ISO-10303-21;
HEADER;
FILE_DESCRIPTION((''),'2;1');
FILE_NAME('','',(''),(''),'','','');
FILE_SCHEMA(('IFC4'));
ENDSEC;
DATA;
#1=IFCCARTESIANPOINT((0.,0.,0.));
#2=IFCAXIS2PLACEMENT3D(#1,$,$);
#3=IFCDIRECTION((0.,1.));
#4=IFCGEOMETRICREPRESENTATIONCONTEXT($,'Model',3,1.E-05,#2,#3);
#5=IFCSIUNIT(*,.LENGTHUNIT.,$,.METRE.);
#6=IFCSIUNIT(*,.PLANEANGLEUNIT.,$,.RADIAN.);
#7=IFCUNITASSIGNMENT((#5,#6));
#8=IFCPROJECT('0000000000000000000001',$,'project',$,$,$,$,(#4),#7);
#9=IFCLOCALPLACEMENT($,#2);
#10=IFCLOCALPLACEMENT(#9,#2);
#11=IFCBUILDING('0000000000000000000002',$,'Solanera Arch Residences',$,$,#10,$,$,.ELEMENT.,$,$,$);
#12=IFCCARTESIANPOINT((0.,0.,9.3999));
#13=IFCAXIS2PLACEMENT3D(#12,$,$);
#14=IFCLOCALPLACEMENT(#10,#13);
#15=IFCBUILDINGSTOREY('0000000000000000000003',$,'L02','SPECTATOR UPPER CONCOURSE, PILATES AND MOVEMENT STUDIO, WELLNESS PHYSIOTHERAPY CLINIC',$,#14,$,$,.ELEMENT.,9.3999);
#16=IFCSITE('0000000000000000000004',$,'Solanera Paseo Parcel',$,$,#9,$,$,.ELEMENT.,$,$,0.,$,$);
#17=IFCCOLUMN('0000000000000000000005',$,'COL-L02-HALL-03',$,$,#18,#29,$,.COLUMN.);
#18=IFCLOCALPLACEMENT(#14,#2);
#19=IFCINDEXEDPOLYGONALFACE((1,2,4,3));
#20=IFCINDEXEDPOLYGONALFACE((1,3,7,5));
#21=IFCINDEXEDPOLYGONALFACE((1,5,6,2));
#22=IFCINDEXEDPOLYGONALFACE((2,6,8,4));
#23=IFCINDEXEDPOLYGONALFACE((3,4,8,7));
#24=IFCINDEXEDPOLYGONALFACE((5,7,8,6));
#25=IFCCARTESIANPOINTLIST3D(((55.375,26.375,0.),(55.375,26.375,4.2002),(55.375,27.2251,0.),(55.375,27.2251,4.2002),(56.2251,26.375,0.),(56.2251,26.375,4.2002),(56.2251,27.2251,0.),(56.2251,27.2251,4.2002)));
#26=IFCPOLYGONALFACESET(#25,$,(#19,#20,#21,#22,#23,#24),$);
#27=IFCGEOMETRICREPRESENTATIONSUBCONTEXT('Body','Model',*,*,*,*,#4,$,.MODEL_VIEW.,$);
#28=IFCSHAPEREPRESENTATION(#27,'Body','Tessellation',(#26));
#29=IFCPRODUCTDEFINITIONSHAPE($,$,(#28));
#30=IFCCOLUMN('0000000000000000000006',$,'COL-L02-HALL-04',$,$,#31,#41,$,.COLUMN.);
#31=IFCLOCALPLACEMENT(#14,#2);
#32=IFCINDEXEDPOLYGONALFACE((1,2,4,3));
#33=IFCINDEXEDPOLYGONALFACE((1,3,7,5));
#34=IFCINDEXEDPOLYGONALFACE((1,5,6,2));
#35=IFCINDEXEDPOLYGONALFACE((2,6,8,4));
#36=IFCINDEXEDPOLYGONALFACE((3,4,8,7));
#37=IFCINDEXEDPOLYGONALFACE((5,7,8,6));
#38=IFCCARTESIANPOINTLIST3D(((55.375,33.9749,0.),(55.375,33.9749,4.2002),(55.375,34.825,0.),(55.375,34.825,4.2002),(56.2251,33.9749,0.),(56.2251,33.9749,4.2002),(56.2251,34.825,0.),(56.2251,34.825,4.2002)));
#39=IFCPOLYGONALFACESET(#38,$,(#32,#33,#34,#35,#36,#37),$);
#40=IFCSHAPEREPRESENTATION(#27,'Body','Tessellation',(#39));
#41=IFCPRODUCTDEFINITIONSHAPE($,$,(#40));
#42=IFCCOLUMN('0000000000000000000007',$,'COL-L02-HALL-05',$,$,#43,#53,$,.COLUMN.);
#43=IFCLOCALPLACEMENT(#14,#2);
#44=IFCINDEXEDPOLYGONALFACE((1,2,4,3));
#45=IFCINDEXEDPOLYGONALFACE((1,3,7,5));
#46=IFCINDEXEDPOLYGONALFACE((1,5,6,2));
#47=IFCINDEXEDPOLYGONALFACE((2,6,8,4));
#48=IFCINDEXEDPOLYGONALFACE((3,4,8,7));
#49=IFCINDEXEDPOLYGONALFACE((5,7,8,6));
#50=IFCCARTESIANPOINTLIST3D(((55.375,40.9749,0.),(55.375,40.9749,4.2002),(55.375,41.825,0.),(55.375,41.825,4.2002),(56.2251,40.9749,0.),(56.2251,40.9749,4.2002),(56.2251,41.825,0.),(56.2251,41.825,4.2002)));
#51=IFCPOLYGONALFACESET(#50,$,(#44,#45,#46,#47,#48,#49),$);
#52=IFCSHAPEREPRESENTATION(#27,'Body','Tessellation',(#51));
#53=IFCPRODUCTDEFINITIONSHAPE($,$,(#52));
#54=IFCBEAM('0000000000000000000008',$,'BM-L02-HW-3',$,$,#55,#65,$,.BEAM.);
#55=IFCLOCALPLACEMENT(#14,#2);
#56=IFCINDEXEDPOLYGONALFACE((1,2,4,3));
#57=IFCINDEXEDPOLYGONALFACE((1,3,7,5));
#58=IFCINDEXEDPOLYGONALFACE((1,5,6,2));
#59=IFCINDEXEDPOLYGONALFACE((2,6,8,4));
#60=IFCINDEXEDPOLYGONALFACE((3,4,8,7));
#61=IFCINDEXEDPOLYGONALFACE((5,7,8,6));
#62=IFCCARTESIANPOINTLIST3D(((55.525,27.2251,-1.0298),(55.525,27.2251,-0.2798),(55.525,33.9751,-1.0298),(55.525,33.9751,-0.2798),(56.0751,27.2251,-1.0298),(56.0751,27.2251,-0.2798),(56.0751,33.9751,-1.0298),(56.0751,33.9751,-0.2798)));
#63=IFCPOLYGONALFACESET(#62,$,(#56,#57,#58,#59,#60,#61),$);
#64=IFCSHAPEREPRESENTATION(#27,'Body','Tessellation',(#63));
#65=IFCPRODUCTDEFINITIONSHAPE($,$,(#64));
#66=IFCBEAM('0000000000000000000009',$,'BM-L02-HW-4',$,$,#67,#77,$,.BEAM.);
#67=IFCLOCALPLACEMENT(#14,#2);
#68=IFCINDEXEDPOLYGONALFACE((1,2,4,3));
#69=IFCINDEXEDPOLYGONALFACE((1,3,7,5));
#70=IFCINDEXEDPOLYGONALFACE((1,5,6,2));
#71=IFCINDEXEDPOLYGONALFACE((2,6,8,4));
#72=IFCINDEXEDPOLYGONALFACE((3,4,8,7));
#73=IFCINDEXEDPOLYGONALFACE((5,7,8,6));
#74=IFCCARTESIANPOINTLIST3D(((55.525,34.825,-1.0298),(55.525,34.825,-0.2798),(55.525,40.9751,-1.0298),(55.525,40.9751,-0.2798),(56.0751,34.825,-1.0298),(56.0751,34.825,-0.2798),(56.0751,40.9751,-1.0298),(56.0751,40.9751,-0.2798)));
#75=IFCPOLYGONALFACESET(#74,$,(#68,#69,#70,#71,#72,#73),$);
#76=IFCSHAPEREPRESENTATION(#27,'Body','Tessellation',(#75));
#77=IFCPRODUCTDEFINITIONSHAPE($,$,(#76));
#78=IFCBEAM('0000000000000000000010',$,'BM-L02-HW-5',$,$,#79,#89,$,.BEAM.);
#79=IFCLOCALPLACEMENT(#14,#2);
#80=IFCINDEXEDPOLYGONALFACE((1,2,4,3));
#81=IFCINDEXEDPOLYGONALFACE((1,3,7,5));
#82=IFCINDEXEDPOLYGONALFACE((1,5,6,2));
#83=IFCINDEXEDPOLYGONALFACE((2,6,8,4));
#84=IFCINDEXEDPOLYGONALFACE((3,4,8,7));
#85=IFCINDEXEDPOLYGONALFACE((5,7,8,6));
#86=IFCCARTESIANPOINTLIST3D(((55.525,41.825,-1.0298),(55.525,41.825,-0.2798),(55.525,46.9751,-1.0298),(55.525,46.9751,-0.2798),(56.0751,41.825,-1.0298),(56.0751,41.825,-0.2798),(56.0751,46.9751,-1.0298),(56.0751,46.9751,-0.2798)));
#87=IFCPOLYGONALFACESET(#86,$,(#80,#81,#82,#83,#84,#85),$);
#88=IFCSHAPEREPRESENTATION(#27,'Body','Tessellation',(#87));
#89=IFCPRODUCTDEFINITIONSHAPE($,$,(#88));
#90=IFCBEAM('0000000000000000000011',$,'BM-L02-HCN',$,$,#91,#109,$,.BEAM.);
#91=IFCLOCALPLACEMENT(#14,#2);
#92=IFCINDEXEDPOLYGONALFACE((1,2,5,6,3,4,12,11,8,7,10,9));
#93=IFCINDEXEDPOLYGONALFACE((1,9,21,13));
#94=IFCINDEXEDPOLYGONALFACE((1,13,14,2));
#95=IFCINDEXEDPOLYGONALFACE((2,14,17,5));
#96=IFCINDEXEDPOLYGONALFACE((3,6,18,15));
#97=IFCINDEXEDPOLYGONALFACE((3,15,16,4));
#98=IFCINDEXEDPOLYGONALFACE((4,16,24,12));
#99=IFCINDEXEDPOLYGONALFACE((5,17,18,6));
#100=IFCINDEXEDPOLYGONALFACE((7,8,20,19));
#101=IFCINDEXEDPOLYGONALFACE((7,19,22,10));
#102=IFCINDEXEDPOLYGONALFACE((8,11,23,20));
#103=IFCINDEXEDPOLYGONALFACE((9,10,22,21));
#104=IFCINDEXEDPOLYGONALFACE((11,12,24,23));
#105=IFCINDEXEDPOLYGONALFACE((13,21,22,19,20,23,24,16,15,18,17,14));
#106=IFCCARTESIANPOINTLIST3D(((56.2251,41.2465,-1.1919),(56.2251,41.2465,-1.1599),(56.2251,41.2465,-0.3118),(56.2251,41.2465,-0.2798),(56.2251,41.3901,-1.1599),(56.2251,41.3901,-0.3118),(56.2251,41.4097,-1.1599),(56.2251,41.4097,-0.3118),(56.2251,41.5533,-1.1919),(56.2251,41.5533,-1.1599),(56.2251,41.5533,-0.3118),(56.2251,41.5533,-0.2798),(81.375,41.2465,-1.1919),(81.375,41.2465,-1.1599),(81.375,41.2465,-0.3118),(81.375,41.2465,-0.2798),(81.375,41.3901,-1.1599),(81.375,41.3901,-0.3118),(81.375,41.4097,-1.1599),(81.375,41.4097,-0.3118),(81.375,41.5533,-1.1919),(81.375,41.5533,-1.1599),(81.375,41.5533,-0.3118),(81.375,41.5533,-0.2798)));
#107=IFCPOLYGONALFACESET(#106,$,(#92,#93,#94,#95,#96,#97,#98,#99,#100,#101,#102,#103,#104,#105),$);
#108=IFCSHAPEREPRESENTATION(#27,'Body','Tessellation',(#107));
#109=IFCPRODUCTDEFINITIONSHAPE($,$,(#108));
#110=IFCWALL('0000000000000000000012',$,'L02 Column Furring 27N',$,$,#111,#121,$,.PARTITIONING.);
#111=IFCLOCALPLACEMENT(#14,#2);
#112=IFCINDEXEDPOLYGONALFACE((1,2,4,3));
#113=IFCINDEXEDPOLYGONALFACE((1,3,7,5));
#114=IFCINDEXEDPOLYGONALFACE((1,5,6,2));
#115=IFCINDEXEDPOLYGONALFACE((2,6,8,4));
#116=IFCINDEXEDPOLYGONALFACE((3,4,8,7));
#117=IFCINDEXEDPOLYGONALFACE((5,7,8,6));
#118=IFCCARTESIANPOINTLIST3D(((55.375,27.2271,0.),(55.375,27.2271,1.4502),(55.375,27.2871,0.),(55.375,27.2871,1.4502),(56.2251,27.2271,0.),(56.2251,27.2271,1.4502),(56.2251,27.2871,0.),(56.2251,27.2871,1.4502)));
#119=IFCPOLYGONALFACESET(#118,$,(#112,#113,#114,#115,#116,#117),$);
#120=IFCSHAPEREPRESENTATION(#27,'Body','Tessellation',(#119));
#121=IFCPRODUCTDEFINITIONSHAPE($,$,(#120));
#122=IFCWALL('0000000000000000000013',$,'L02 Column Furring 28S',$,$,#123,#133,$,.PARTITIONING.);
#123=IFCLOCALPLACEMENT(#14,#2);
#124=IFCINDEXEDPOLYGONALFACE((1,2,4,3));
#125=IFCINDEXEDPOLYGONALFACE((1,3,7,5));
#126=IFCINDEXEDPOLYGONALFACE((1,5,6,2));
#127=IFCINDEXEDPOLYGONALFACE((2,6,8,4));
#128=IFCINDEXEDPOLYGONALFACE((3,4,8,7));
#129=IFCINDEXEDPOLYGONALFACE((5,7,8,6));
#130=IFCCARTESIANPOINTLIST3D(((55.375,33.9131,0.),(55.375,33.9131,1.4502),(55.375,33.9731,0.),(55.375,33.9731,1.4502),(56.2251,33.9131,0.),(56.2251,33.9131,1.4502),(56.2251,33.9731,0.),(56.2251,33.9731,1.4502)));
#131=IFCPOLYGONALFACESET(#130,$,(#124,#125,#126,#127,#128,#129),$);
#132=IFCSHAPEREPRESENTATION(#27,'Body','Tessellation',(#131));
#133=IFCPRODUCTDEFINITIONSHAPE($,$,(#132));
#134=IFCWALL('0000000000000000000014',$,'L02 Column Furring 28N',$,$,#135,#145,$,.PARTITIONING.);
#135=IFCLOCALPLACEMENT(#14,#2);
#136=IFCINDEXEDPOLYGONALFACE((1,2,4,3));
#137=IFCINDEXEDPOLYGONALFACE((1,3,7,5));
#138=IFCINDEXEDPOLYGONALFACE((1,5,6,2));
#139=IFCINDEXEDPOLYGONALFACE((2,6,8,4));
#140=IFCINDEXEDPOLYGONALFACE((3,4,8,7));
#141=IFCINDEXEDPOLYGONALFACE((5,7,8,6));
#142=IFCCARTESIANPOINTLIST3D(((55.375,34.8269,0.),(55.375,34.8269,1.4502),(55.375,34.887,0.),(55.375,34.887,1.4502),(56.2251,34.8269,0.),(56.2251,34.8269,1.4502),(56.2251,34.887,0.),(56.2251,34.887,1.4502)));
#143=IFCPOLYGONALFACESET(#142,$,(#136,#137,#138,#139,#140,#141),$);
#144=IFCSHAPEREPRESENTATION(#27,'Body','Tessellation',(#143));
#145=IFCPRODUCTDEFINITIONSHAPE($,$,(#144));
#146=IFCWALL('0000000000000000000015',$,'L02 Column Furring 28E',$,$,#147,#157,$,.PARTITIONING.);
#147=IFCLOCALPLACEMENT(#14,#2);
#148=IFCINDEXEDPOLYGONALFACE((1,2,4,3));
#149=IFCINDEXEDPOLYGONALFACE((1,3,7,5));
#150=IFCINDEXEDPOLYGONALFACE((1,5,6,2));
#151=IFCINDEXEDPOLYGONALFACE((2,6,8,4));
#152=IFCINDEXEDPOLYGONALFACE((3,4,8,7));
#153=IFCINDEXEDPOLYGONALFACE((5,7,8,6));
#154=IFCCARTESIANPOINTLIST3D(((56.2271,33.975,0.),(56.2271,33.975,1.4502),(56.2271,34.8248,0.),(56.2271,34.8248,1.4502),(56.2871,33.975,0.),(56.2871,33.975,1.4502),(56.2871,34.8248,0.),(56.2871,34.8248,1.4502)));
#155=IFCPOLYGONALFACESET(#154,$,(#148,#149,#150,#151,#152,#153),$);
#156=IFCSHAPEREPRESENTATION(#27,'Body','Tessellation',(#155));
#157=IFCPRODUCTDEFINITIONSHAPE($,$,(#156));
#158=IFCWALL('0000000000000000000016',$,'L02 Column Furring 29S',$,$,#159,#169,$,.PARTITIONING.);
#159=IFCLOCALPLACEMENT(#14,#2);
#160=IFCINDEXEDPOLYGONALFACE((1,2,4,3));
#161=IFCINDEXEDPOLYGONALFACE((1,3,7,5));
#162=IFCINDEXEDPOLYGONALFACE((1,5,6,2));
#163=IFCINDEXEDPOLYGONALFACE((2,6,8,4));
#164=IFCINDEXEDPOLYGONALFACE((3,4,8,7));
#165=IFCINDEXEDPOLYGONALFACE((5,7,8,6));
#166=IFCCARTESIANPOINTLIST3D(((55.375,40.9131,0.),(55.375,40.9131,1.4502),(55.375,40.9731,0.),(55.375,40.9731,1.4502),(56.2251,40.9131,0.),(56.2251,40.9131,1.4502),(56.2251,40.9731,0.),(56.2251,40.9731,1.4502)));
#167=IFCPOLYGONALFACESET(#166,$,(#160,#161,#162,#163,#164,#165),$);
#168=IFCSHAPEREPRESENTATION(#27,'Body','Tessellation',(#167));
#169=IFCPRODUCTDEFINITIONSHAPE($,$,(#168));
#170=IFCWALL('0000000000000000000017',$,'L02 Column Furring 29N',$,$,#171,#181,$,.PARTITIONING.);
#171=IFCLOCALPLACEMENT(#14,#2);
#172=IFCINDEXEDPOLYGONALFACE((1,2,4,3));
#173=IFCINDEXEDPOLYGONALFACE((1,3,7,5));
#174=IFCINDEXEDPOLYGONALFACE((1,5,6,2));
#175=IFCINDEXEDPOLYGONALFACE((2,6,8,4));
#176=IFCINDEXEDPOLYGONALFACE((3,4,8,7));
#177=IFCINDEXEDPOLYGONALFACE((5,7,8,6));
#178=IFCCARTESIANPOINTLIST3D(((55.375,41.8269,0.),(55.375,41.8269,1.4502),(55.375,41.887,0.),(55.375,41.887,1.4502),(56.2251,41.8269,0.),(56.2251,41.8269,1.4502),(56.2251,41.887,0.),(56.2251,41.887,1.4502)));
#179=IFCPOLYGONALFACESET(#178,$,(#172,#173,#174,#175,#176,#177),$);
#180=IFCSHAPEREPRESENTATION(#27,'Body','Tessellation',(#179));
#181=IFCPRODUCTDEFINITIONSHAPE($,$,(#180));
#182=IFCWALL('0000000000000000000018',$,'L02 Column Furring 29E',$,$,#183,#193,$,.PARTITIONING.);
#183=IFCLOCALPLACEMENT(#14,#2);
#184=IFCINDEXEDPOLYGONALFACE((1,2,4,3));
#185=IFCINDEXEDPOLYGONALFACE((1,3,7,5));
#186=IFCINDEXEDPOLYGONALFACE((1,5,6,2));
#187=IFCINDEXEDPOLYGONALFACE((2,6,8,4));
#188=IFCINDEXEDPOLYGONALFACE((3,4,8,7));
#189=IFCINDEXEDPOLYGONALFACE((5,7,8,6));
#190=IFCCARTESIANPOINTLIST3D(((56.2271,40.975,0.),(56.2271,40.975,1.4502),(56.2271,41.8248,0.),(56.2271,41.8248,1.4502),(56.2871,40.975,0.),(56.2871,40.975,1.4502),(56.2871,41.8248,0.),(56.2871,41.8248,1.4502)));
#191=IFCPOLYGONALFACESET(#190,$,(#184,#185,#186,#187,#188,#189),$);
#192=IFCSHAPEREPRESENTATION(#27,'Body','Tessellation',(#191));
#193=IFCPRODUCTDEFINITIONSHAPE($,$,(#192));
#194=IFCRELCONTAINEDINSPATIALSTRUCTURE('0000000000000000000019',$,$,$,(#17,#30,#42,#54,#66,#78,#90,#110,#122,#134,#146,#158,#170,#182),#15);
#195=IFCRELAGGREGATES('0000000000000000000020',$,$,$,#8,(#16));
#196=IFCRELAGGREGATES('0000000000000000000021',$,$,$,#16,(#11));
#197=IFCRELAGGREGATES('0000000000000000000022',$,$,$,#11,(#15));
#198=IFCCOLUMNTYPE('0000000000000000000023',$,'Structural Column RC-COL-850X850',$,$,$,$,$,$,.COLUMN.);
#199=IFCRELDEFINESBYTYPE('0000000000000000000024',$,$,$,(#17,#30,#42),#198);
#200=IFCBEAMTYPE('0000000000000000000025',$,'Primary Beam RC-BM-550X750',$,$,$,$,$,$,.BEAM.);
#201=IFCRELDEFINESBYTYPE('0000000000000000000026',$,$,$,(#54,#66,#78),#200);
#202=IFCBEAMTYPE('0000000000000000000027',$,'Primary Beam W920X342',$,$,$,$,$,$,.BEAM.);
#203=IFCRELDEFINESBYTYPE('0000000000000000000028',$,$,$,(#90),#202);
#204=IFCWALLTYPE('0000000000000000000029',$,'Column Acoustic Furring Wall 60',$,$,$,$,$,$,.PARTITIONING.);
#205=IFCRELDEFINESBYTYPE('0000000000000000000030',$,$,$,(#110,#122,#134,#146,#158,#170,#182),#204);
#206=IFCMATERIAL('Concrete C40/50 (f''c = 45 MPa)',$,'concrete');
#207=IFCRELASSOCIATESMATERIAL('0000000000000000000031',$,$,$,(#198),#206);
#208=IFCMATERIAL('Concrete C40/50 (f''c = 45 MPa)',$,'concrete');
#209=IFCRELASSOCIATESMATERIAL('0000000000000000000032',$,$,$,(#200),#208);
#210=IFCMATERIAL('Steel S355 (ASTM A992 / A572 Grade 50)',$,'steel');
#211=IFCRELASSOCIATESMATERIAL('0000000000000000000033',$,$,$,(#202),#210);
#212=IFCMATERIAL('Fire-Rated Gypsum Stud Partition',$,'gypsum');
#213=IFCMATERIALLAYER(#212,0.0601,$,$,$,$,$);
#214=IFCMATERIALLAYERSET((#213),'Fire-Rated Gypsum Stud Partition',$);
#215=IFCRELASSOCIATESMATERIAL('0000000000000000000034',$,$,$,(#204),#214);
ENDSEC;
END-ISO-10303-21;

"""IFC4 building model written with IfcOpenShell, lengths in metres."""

from ifc_helpers import new_model, si_unit, direction, frame, frame_2d, origin, origin_2d, place, context, subcontext, project, spatial, rectangle, i_section, extrude, material, layer, layer_set, material_profile, profile_set, type_object, element, save


model = new_model("IFC4")

# Units and contexts
model_context = context("Model", 3, precision=1e-05, world=origin(), true_north=direction((0.0, 1.0)))
body_context = subcontext(model_context, "Body", "Model", "MODEL_VIEW")
ifc_project = project(units=[si_unit("LENGTHUNIT", "METRE"), si_unit("PLANEANGLEUNIT", "RADIAN")], contexts=[model_context])

# Site, building, storey
site_placement = place(None, origin())
site = spatial("IfcSite", under=ifc_project, at=site_placement, Name="Solanera Paseo Parcel", CompositionType="ELEMENT", RefElevation=0.0)
building_placement = place(site_placement, origin())
building = spatial("IfcBuilding", under=site, at=building_placement, Name="Solanera Arch Residences", CompositionType="ELEMENT")
storey_placement = place(building_placement, frame((0.0, 0.0, 9.3999)))
storey = spatial("IfcBuildingStorey", under=building, at=storey_placement, Name="L02", Description="SPECTATOR UPPER CONCOURSE, PILATES AND MOVEMENT STUDIO, WELLNESS PHYSIOTHERAPY CLINIC", CompositionType="ELEMENT", Elevation=9.3999)

# Columns
ifc_material_1 = material(Name="Concrete C40/50 (f'c = 45 MPa)", Category="concrete")
ifc_material_profile_1 = material_profile(ifc_material_1, rectangle(XDim=0.8501, YDim=0.8501, at=origin_2d()))
ifc_profile_set_1 = profile_set([ifc_material_profile_1], Name="Concrete C40/50 (f'c = 45 MPa)")
column_type = type_object("IfcColumnType", Name="Structural Column RC-COL-850X850", PredefinedType="COLUMN", material=ifc_profile_set_1)
for number, where, z_axis, x_axis, name in (
    (1, (55.8, 26.8, 0.0), (0.0, 0.0, 1.0), (1.0, 0.0, 0.0), "COL-L02-HALL-03"),
    (2, (55.8, 34.3999, 0.0), (0.0, 0.0, 1.0), (1.0, 0.0, 0.0), "COL-L02-HALL-04"),
    (3, (55.8, 41.3999, 0.0), (0.0, 0.0, 1.0), (1.0, 0.0, 0.0), "COL-L02-HALL-05"),
):
    element("IfcColumn", number, at=place(storey_placement, frame(where, z_axis=z_axis, x_axis=x_axis)), inside=storey, type_object=column_type, Name=name, PredefinedType="COLUMN", context=body_context, shape_type="SweptSolid", body=[
        extrude(rectangle(XDim=0.8501, YDim=0.8501, at=origin_2d()), origin(), (0.0, 0.0, 1.0), 4.2002),
    ])

# Beams
ifc_material_2 = material(Name="Concrete C40/50 (f'c = 45 MPa)", Category="concrete")
ifc_material_profile_2 = material_profile(ifc_material_2, rectangle(XDim=0.55, YDim=0.75, at=origin_2d()))
ifc_profile_set_2 = profile_set([ifc_material_profile_2], Name="Concrete C40/50 (f'c = 45 MPa)")
beam_type_1 = type_object("IfcBeamType", Name="Primary Beam RC-BM-550X750", PredefinedType="BEAM", material=ifc_profile_set_2)
beam_1_placement = place(storey_placement, frame((55.8, 27.2251, -0.6548), z_axis=(0.0, 1.0, 0.0), x_axis=(-1.0, 0.0, 0.0)))
element("IfcBeam", 4, at=beam_1_placement, inside=storey, type_object=beam_type_1, Name="BM-L02-HW-3", PredefinedType="BEAM", context=body_context, shape_type="SweptSolid", body=[
    extrude(rectangle(XDim=0.55, YDim=0.75, at=origin_2d()), origin(), (0.0, 0.0, 1.0), 6.75),
])
beam_2_placement = place(storey_placement, frame((55.8, 34.825, -0.6548), z_axis=(0.0, 1.0, 0.0), x_axis=(-1.0, 0.0, 0.0)))
element("IfcBeam", 5, at=beam_2_placement, inside=storey, type_object=beam_type_1, Name="BM-L02-HW-4", PredefinedType="BEAM", context=body_context, shape_type="SweptSolid", body=[
    extrude(rectangle(XDim=0.55, YDim=0.75, at=origin_2d()), origin(), (0.0, 0.0, 1.0), 6.1501),
])
beam_3_placement = place(storey_placement, frame((55.8, 41.825, -0.6548), z_axis=(0.0, 1.0, 0.0), x_axis=(-1.0, 0.0, 0.0)))
element("IfcBeam", 6, at=beam_3_placement, inside=storey, type_object=beam_type_1, Name="BM-L02-HW-5", PredefinedType="BEAM", context=body_context, shape_type="SweptSolid", body=[
    extrude(rectangle(XDim=0.55, YDim=0.75, at=origin_2d()), origin(), (0.0, 0.0, 1.0), 5.1501),
])
ifc_material_3 = material(Name="Steel S355 (ASTM A992 / A572 Grade 50)", Category="steel")
ifc_material_profile_3 = material_profile(ifc_material_3, i_section(OverallWidth=0.3069, OverallDepth=0.9121, WebThickness=0.0195, FlangeThickness=0.032, at=origin_2d()))
ifc_profile_set_3 = profile_set([ifc_material_profile_3], Name="Steel S355 (ASTM A992 / A572 Grade 50)")
beam_type_2 = type_object("IfcBeamType", Name="Primary Beam W920X342", PredefinedType="BEAM", material=ifc_profile_set_3)
beam_4_placement = place(storey_placement, frame((56.2251, 41.3999, -0.7358), z_axis=(1.0, 0.0, 0.0), x_axis=(0.0, 1.0, 0.0)))
element("IfcBeam", 7, at=beam_4_placement, inside=storey, type_object=beam_type_2, Name="BM-L02-HCN", PredefinedType="BEAM", context=body_context, shape_type="SweptSolid", body=[
    extrude(i_section(OverallWidth=0.3069, OverallDepth=0.9121, WebThickness=0.0195, FlangeThickness=0.032, at=origin_2d()), origin(), (0.0, 0.0, 1.0), 25.1499),
])

# Walls
ifc_material_4 = material(Name="Fire-Rated Gypsum Stud Partition", Category="gypsum")
ifc_layer_1 = layer(ifc_material_4, 0.0601)
ifc_layer_set_1 = layer_set([ifc_layer_1], Name="Fire-Rated Gypsum Stud Partition")
wall_type_1 = type_object("IfcWallType", Name="Column Acoustic Furring Wall 60", PredefinedType="PARTITIONING", material=ifc_layer_set_1)
for number, where, z_axis, x_axis, name in (
    (8, (55.375, 27.2571, 0.0), (0.0, 0.0, 1.0), (1.0, 0.0, 0.0), "L02 Column Furring 27N"),
    (9, (55.375, 33.9431, 0.0), (0.0, 0.0, 1.0), (1.0, 0.0, 0.0), "L02 Column Furring 28S"),
    (10, (55.375, 34.8569, 0.0), (0.0, 0.0, 1.0), (1.0, 0.0, 0.0), "L02 Column Furring 28N"),
):
    element("IfcWall", number, at=place(storey_placement, frame(where, z_axis=z_axis, x_axis=x_axis)), inside=storey, type_object=wall_type_1, Name=name, PredefinedType="PARTITIONING", context=body_context, shape_type="SweptSolid", body=[
        extrude(rectangle(XDim=0.8501, YDim=0.0601, at=frame_2d((0.425, 0.0))), origin(), (0.0, 0.0, 1.0), 1.4502),
    ])
wall_1_placement = place(storey_placement, frame((56.2571, 33.9751, 0.0), z_axis=(0.0, 0.0, 1.0), x_axis=(0.0, 1.0, 0.0)))
element("IfcWall", 11, at=wall_1_placement, inside=storey, type_object=wall_type_1, Name="L02 Column Furring 28E", PredefinedType="PARTITIONING", context=body_context, shape_type="SweptSolid", body=[
    extrude(rectangle(XDim=0.8499, YDim=0.0601, at=frame_2d((0.4248, 0.0))), origin(), (0.0, 0.0, 1.0), 1.4502),
])
for number, where, z_axis, x_axis, name in (
    (12, (55.375, 40.9431, 0.0), (0.0, 0.0, 1.0), (1.0, 0.0, 0.0), "L02 Column Furring 29S"),
    (13, (55.375, 41.8569, 0.0), (0.0, 0.0, 1.0), (1.0, 0.0, 0.0), "L02 Column Furring 29N"),
):
    element("IfcWall", number, at=place(storey_placement, frame(where, z_axis=z_axis, x_axis=x_axis)), inside=storey, type_object=wall_type_1, Name=name, PredefinedType="PARTITIONING", context=body_context, shape_type="SweptSolid", body=[
        extrude(rectangle(XDim=0.8501, YDim=0.0601, at=frame_2d((0.425, 0.0))), origin(), (0.0, 0.0, 1.0), 1.4502),
    ])
wall_2_placement = place(storey_placement, frame((56.2571, 40.9751, 0.0), z_axis=(0.0, 0.0, 1.0), x_axis=(0.0, 1.0, 0.0)))
element("IfcWall", 14, at=wall_2_placement, inside=storey, type_object=wall_type_1, Name="L02 Column Furring 29E", PredefinedType="PARTITIONING", context=body_context, shape_type="SweptSolid", body=[
    extrude(rectangle(XDim=0.8499, YDim=0.0601, at=frame_2d((0.4248, 0.0))), origin(), (0.0, 0.0, 1.0), 1.4502),
])

save(model, "model.ifc")
